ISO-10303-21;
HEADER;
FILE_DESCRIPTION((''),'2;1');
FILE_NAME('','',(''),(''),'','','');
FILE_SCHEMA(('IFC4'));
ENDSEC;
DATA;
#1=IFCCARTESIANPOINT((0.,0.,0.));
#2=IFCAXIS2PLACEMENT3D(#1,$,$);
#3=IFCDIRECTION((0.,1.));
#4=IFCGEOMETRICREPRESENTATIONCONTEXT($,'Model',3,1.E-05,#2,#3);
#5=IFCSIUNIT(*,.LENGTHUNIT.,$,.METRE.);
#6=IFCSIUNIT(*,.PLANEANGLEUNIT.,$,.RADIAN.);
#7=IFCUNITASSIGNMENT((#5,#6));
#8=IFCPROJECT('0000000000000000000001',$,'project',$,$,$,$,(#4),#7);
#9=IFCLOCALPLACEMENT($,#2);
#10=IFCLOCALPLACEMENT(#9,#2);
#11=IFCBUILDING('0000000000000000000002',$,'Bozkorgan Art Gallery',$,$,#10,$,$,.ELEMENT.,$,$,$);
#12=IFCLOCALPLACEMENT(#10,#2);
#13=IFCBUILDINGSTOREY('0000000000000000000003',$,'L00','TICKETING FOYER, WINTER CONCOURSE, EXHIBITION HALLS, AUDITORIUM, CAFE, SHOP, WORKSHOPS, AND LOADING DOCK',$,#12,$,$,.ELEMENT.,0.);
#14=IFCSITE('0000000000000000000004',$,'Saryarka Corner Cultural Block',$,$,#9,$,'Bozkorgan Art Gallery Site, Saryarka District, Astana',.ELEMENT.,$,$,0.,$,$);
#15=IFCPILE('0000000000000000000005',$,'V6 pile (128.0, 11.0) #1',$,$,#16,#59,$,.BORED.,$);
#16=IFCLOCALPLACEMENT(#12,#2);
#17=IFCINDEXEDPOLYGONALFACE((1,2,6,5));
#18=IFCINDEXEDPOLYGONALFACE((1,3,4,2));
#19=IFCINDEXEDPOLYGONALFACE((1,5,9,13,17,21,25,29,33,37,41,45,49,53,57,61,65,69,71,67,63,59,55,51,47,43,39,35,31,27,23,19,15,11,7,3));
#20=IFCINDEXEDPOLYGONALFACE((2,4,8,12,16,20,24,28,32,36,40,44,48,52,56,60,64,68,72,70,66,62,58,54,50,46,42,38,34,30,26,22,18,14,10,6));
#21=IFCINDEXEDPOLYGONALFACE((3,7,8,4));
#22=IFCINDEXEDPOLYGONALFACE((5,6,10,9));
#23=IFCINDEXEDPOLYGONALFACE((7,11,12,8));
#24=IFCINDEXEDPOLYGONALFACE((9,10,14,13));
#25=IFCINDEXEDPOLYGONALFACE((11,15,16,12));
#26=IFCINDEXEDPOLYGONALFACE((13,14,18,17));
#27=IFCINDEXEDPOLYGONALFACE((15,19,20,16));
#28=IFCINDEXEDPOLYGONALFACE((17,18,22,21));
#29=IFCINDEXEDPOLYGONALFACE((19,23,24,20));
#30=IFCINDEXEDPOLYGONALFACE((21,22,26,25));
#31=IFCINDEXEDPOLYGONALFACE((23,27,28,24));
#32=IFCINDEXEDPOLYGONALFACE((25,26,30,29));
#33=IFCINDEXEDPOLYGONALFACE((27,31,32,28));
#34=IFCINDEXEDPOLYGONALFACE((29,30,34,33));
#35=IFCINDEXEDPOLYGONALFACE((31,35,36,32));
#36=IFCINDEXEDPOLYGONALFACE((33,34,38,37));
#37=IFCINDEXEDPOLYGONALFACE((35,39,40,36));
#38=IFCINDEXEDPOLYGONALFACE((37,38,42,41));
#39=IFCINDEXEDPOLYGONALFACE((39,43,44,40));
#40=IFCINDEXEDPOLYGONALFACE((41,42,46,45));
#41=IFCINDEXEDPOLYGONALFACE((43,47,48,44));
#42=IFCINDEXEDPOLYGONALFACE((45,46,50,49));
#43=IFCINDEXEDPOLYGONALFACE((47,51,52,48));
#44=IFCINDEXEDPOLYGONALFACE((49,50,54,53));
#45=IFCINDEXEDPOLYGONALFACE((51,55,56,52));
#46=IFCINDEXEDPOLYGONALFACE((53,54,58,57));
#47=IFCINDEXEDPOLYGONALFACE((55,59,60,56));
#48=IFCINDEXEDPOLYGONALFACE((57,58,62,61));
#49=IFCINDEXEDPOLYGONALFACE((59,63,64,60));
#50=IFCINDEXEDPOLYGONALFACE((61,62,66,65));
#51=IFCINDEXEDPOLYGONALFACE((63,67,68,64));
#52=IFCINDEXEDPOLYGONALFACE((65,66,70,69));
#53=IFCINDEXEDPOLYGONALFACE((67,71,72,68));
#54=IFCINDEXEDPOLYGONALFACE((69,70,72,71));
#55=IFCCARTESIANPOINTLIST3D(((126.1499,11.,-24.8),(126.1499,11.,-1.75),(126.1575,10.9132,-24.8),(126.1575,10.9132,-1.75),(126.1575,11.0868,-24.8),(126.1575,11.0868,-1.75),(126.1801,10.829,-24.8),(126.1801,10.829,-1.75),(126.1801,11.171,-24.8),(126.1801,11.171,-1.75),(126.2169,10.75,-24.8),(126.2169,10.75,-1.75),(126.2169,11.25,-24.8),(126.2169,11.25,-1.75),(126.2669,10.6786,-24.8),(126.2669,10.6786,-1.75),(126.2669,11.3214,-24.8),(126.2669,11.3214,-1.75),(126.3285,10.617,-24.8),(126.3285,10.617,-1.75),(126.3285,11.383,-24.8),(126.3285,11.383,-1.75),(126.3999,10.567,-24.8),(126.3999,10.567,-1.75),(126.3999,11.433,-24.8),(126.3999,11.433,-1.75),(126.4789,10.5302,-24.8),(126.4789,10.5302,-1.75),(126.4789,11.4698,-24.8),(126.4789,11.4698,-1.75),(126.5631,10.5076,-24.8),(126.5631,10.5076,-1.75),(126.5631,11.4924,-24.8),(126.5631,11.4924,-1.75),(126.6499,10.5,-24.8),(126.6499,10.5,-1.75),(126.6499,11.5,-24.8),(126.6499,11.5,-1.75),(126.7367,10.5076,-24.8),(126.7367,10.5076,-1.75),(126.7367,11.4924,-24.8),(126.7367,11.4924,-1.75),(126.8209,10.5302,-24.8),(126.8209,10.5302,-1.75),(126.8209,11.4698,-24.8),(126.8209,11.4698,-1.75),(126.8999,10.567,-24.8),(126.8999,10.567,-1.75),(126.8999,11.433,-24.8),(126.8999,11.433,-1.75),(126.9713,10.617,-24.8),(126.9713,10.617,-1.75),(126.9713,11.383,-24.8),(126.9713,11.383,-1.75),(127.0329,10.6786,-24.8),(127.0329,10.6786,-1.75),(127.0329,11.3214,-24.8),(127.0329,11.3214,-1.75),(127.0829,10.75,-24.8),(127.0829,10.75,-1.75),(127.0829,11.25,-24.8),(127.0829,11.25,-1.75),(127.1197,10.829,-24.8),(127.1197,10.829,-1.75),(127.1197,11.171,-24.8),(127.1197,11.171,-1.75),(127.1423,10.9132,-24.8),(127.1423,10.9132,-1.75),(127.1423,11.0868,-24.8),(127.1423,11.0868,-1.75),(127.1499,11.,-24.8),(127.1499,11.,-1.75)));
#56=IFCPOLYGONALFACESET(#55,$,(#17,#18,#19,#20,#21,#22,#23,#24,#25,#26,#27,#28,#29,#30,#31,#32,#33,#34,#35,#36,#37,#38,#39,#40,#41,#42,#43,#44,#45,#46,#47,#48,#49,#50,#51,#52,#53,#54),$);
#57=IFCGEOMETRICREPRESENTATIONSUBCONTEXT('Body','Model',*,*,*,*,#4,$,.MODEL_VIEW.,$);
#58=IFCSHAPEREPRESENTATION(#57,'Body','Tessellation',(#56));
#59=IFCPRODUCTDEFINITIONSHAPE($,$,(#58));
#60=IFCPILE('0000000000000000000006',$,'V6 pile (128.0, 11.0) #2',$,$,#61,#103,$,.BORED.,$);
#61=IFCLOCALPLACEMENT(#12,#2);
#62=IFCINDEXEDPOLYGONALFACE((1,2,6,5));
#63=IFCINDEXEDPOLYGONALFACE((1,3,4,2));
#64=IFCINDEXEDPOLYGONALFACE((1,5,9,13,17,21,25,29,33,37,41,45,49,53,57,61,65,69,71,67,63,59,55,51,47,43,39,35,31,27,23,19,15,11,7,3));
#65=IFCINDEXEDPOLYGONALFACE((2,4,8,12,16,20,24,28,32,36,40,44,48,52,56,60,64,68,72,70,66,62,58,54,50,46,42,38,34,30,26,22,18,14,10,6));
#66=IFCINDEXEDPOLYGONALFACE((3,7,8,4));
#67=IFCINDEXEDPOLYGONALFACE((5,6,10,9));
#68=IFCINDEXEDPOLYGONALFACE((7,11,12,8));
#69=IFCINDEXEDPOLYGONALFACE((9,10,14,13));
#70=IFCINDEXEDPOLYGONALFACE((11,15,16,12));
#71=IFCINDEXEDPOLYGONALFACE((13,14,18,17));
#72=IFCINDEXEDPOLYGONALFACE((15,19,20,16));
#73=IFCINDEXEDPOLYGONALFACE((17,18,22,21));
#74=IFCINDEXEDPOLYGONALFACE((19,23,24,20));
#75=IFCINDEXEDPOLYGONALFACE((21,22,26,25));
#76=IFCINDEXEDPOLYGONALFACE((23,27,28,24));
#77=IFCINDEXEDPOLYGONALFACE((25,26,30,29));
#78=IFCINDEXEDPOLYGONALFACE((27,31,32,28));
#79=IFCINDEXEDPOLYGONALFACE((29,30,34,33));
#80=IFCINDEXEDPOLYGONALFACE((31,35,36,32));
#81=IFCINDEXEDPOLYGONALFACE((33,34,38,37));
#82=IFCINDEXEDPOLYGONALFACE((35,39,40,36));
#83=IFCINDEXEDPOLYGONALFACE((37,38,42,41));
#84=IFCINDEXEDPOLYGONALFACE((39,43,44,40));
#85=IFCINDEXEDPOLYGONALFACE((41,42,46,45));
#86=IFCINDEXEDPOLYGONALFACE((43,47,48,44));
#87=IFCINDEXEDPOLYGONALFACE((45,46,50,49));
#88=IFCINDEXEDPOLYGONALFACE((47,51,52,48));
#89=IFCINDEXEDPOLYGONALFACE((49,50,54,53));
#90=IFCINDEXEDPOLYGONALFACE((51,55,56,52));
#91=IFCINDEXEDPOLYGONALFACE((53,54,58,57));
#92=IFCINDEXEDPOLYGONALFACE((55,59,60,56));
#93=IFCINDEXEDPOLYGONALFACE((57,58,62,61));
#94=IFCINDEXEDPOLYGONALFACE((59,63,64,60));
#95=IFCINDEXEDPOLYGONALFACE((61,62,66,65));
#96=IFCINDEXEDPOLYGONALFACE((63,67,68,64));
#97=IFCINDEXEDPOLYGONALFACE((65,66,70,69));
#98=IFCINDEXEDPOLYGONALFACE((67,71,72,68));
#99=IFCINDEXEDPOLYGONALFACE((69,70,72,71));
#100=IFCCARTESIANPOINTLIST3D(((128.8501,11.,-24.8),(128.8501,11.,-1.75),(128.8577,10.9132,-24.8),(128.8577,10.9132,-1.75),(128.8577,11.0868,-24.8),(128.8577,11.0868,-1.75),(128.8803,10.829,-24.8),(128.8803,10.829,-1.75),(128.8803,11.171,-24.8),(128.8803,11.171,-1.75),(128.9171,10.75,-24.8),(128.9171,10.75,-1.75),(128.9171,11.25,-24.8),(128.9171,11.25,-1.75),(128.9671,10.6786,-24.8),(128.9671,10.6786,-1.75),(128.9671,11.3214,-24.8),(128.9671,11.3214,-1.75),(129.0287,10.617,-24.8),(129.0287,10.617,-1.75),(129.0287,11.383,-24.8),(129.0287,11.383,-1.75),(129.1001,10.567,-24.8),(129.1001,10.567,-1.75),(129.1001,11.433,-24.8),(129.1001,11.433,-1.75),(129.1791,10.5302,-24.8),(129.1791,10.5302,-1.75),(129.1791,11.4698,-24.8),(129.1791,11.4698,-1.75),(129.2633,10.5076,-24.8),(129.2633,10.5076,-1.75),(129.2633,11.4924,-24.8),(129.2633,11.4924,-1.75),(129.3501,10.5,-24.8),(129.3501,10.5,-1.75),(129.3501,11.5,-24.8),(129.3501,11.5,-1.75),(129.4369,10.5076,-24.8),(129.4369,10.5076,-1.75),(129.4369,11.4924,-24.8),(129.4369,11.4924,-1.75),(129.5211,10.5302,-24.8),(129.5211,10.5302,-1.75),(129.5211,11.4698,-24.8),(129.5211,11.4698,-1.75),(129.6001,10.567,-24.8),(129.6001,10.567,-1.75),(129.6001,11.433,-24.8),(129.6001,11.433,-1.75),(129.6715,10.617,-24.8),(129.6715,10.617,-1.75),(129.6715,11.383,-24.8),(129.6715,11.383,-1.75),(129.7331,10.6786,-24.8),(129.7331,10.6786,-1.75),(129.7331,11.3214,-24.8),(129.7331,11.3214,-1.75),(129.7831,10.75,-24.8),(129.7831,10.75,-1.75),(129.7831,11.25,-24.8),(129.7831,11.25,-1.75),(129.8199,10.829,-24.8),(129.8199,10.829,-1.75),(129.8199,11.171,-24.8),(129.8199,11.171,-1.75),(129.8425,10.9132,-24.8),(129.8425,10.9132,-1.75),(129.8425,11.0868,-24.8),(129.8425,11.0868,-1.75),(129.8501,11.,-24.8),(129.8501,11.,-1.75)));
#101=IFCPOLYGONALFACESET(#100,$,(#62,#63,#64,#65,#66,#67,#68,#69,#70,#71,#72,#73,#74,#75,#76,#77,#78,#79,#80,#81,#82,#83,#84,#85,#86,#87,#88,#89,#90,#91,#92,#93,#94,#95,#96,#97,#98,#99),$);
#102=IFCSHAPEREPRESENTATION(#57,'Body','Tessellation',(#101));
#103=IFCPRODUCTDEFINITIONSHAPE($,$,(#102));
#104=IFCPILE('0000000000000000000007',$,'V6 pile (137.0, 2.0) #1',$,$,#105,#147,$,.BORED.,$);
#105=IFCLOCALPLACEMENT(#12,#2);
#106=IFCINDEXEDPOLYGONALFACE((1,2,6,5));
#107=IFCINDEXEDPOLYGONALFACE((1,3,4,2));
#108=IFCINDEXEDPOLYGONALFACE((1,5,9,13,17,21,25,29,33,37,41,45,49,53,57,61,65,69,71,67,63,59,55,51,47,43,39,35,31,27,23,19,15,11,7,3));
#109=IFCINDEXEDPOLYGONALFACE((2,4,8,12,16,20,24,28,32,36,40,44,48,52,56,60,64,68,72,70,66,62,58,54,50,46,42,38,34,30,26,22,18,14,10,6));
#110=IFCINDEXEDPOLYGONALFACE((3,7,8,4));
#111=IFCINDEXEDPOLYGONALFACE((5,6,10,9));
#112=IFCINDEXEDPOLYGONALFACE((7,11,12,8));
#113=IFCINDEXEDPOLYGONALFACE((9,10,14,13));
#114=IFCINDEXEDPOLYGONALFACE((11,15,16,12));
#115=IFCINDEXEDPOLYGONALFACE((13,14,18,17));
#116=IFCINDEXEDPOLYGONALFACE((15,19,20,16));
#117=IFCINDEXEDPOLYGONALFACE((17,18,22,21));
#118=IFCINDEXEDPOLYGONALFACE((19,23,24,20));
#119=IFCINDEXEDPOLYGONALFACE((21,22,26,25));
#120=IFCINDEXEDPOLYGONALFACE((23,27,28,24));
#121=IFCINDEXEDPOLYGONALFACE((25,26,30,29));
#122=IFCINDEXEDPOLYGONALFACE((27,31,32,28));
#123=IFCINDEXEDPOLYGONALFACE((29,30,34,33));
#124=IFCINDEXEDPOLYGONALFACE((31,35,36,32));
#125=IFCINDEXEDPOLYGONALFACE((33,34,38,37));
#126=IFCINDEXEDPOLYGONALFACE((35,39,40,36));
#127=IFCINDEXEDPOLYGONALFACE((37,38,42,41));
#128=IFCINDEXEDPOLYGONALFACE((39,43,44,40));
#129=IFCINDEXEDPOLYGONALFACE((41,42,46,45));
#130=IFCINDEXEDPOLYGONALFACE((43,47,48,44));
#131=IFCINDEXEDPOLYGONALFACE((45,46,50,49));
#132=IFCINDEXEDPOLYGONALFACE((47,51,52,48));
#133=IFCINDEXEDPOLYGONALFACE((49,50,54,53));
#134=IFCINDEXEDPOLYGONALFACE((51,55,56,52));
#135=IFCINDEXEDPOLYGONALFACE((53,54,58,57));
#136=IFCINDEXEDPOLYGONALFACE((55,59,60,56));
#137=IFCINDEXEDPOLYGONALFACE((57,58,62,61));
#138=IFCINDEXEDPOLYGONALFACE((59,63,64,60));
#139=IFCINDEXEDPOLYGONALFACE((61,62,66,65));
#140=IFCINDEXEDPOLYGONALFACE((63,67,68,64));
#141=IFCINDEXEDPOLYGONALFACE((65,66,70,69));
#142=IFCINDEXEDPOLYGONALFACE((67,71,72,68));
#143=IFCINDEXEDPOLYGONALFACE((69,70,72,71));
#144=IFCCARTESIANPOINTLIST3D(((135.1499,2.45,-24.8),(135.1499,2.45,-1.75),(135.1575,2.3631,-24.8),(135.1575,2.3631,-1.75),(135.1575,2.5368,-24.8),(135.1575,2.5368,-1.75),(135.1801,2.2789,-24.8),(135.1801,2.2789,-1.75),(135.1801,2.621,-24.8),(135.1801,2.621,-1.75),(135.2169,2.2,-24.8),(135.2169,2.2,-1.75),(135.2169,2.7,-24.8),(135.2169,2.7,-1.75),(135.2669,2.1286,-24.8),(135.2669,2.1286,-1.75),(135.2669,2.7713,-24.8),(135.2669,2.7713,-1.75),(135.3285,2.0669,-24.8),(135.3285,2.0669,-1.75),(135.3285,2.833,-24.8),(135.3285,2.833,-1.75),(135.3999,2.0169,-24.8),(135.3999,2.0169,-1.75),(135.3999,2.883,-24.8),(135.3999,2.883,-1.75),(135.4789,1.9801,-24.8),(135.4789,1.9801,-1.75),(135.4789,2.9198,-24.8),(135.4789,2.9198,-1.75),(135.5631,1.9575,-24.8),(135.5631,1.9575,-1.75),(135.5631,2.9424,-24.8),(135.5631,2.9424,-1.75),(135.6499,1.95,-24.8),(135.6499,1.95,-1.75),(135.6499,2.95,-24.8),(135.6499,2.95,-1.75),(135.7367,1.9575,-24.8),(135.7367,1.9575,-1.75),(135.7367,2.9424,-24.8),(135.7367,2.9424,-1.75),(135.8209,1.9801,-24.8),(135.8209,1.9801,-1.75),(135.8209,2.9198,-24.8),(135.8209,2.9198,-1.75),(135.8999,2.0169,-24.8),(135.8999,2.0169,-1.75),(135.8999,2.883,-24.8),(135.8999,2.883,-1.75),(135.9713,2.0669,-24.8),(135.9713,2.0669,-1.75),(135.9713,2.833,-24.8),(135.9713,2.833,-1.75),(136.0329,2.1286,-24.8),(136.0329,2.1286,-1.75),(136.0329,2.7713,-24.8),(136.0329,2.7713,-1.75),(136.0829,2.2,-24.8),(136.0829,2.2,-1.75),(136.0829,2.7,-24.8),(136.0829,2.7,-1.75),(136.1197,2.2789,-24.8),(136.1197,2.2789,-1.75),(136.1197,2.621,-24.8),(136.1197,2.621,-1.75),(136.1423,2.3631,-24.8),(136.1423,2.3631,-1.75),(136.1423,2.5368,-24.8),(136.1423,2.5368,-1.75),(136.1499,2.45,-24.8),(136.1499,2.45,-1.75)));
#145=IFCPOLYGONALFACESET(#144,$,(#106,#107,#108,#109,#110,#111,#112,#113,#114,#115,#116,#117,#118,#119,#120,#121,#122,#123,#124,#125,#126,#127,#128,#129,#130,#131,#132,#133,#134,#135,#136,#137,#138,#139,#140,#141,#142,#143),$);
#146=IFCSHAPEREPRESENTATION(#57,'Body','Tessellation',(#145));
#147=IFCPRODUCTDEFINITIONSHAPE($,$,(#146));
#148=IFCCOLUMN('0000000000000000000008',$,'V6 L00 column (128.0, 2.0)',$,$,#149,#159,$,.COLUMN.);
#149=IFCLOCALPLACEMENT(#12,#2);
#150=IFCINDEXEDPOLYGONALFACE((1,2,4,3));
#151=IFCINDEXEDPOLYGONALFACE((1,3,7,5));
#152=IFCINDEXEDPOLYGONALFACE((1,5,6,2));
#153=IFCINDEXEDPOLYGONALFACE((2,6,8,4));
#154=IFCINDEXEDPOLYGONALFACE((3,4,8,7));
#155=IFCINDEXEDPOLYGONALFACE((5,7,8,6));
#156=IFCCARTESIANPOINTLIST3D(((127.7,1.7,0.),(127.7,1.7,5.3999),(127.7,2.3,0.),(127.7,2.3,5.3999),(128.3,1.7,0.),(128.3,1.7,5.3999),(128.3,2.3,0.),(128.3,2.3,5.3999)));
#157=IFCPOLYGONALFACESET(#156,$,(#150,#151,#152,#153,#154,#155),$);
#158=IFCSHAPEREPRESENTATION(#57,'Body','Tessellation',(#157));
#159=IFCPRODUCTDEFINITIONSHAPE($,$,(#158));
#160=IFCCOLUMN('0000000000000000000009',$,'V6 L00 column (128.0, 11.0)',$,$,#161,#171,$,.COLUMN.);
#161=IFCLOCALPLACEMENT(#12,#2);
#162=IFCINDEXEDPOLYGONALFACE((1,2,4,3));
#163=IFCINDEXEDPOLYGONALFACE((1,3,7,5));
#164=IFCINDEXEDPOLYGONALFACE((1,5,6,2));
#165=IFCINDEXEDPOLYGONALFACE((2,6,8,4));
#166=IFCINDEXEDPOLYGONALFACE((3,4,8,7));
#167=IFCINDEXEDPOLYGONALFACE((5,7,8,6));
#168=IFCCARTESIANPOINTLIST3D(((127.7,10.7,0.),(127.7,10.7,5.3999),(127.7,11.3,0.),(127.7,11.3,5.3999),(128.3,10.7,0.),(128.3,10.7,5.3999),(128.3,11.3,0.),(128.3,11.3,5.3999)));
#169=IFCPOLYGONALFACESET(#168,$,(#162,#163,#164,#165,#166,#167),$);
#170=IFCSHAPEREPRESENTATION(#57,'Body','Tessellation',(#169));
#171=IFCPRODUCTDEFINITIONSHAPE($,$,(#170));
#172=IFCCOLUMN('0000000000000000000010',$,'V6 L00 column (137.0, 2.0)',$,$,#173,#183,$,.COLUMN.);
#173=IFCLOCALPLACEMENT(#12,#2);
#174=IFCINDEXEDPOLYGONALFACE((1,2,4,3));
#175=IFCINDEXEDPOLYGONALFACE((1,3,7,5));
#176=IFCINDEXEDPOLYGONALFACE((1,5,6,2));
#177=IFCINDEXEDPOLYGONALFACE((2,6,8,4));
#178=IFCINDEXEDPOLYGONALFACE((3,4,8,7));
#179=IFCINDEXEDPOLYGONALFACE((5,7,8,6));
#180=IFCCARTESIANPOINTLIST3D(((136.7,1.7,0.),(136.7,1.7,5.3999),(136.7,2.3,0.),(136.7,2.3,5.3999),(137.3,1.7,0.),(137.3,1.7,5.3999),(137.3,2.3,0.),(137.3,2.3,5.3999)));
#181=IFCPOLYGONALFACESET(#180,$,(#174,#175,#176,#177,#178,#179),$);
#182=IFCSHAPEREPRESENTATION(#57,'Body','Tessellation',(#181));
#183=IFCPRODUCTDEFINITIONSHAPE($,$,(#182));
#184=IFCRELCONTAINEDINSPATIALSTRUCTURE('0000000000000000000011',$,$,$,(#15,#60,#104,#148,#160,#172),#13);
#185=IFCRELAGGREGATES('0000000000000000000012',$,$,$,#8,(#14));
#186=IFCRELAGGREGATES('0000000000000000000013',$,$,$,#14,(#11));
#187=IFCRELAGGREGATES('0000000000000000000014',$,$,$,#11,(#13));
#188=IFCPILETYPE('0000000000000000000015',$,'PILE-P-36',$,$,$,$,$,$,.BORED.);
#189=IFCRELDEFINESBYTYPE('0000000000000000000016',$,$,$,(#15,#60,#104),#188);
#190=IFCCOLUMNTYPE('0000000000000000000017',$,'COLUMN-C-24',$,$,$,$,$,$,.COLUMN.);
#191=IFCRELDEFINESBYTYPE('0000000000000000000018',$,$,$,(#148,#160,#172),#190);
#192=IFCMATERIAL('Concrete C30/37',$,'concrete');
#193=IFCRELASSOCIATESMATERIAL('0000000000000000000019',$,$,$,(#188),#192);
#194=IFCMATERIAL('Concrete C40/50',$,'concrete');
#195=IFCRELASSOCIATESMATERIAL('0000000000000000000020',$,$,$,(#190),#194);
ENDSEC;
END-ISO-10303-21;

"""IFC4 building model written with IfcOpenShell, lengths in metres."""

from ifc_helpers import new_model, si_unit, direction, frame, origin, origin_2d, place, context, subcontext, project, spatial, rectangle, circle, extrude, material, material_profile, profile_set, type_object, element, save


model = new_model("IFC4")

# Units and contexts
model_context = context("Model", 3, precision=1e-05, world=origin(), true_north=direction((0.0, 1.0)))
body_context = subcontext(model_context, "Body", "Model", "MODEL_VIEW")
ifc_project = project(units=[si_unit("LENGTHUNIT", "METRE"), si_unit("PLANEANGLEUNIT", "RADIAN")], contexts=[model_context])

# Site, building, storey
site_placement = place(None, origin())
site = spatial("IfcSite", under=ifc_project, at=site_placement, Name="Saryarka Corner Cultural Block", LongName="Bozkorgan Art Gallery Site, Saryarka District, Astana", CompositionType="ELEMENT", RefElevation=0.0)
building_placement = place(site_placement, origin())
building = spatial("IfcBuilding", under=site, at=building_placement, Name="Bozkorgan Art Gallery", CompositionType="ELEMENT")
storey_placement = place(building_placement, origin())
storey = spatial("IfcBuildingStorey", under=building, at=storey_placement, Name="L00", Description="TICKETING FOYER, WINTER CONCOURSE, EXHIBITION HALLS, AUDITORIUM, CAFE, SHOP, WORKSHOPS, AND LOADING DOCK", CompositionType="ELEMENT", Elevation=0.0)

# Shared definitions
ifc_material_1 = material(Name="Concrete C30/37", Category="concrete")

# Piles
ifc_material_profile_1 = material_profile(ifc_material_1, circle(Radius=0.5, at=origin_2d()), Name="PILE D1000")
ifc_profile_set_1 = profile_set([ifc_material_profile_1], Name="Concrete C30/37")
pile_type = type_object("IfcPileType", Name="PILE-P-36", PredefinedType="BORED", material=ifc_profile_set_1)
for number, where, z_axis, x_axis, name in (
    (1, (126.6499, 11.0, -1.75), (0.0, 0.0, -1.0), (1.0, 0.0, 0.0), "V6 pile (128.0, 11.0) #1"),
    (2, (129.3501, 11.0, -1.75), (0.0, 0.0, -1.0), (1.0, 0.0, 0.0), "V6 pile (128.0, 11.0) #2"),
    (3, (135.6499, 2.45, -1.75), (0.0, 0.0, -1.0), (1.0, 0.0, 0.0), "V6 pile (137.0, 2.0) #1"),
):
    element("IfcPile", number, at=place(storey_placement, frame(where, z_axis=z_axis, x_axis=x_axis)), inside=storey, type_object=pile_type, Name=name, PredefinedType="BORED", context=body_context, shape_type="SweptSolid", body=[
        extrude(circle(Radius=0.5, at=origin_2d()), origin(), (0.0, 0.0, 1.0), 23.05),
    ])

# Columns
ifc_material_2 = material(Name="Concrete C40/50", Category="concrete")
ifc_material_profile_2 = material_profile(ifc_material_2, rectangle(XDim=0.6001, YDim=0.6001, at=origin_2d()), Name="RC 600x600")
ifc_profile_set_2 = profile_set([ifc_material_profile_2], Name="Concrete C40/50")
column_type = type_object("IfcColumnType", Name="COLUMN-C-24", PredefinedType="COLUMN", material=ifc_profile_set_2)
for number, where, z_axis, x_axis, name in (
    (4, (128.0, 2.0, 0.0), (0.0, 0.0, 1.0), (1.0, 0.0, 0.0), "V6 L00 column (128.0, 2.0)"),
    (5, (128.0, 11.0, 0.0), (0.0, 0.0, 1.0), (1.0, 0.0, 0.0), "V6 L00 column (128.0, 11.0)"),
    (6, (137.0, 2.0, 0.0), (0.0, 0.0, 1.0), (1.0, 0.0, 0.0), "V6 L00 column (137.0, 2.0)"),
):
    element("IfcColumn", number, at=place(storey_placement, frame(where, z_axis=z_axis, x_axis=x_axis)), inside=storey, type_object=column_type, Name=name, PredefinedType="COLUMN", context=body_context, shape_type="SweptSolid", body=[
        extrude(rectangle(XDim=0.6001, YDim=0.6001, at=origin_2d()), origin(), (0.0, 0.0, 1.0), 5.3999),
    ])

save(model, "model.ifc")
